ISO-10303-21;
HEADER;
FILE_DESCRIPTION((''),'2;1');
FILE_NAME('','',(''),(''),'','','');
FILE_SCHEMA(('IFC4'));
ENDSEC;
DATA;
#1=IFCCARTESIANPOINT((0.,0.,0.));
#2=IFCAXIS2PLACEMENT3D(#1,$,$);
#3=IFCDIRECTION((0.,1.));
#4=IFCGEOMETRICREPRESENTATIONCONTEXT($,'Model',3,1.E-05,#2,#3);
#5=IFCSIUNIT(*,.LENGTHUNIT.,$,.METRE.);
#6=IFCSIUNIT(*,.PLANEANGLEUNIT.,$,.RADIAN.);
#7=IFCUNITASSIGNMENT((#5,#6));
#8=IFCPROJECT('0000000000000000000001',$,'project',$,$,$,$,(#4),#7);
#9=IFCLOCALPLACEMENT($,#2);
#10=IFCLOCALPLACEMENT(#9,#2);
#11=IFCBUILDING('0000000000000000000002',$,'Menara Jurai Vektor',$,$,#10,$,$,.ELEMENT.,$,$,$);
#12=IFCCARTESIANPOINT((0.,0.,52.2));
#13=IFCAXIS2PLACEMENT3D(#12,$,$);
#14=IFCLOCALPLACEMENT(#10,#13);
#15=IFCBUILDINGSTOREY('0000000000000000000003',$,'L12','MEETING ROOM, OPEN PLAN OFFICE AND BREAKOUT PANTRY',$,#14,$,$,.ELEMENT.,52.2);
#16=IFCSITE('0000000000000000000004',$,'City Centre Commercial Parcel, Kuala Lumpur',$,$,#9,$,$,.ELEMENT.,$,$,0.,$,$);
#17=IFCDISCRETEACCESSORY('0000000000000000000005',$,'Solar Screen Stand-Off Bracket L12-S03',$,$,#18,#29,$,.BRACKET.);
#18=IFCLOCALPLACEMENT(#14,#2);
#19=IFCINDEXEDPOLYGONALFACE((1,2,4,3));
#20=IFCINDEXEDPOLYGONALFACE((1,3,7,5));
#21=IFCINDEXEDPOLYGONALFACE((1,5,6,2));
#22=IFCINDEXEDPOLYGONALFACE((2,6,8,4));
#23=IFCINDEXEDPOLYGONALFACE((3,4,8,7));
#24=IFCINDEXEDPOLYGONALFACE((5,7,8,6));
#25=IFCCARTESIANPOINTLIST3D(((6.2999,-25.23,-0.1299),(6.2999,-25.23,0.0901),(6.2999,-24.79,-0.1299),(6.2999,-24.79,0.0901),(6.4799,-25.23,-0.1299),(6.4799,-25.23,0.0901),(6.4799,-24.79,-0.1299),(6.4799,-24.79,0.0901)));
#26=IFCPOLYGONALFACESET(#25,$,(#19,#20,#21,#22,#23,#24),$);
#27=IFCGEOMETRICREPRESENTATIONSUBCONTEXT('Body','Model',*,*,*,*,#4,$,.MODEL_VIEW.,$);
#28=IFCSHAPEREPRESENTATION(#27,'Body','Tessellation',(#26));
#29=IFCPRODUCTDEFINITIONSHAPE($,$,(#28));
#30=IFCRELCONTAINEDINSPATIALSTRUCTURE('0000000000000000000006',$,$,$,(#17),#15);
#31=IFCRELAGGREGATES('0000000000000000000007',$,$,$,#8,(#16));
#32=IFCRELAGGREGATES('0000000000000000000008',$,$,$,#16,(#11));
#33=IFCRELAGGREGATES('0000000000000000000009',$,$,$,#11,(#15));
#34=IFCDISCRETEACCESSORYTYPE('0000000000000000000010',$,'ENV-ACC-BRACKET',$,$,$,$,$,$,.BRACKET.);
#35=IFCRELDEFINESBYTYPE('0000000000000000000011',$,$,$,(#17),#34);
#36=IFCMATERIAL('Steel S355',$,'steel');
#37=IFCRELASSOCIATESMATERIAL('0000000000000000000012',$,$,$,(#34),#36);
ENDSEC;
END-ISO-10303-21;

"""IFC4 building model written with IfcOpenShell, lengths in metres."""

from ifc_helpers import new_model, si_unit, direction, frame, origin, origin_2d, place, context, subcontext, project, spatial, rectangle, extrude, material, type_object, element, save


model = new_model("IFC4")

# Units and contexts
model_context = context("Model", 3, precision=1e-05, world=origin(), true_north=direction((0.0, 1.0)))
body_context = subcontext(model_context, "Body", "Model", "MODEL_VIEW")
ifc_project = project(units=[si_unit("LENGTHUNIT", "METRE"), si_unit("PLANEANGLEUNIT", "RADIAN")], contexts=[model_context])

# Site, building, storey
site_placement = place(None, origin())
site = spatial("IfcSite", under=ifc_project, at=site_placement, Name="City Centre Commercial Parcel, Kuala Lumpur", CompositionType="ELEMENT", RefElevation=0.0)
building_placement = place(site_placement, origin())
building = spatial("IfcBuilding", under=site, at=building_placement, Name="Menara Jurai Vektor", CompositionType="ELEMENT")
storey_placement = place(building_placement, frame((0.0, 0.0, 52.2)))
storey = spatial("IfcBuildingStorey", under=building, at=storey_placement, Name="L12", Description="MEETING ROOM, OPEN PLAN OFFICE AND BREAKOUT PANTRY", CompositionType="ELEMENT", Elevation=52.2)

# Shared definitions
ifc_material_1 = material(Name="Steel S355", Category="steel")

# Discrete accessory
discrete_accessory_type = type_object("IfcDiscreteAccessoryType", Name="ENV-ACC-BRACKET", PredefinedType="BRACKET", material=ifc_material_1)
discrete_accessory_placement = place(storey_placement, frame((6.3899, -25.01, -0.1299), z_axis=(0.0, 0.0, 1.0), x_axis=(1.0, 0.0, 0.0)))
element("IfcDiscreteAccessory", 1, at=discrete_accessory_placement, inside=storey, type_object=discrete_accessory_type, Name="Solar Screen Stand-Off Bracket L12-S03", PredefinedType="BRACKET", context=body_context, shape_type="SweptSolid", body=[
    extrude(rectangle(XDim=0.1799, YDim=0.4399, at=origin_2d()), origin(), (0.0, 0.0, 1.0), 0.22),
])

save(model, "model.ifc")
